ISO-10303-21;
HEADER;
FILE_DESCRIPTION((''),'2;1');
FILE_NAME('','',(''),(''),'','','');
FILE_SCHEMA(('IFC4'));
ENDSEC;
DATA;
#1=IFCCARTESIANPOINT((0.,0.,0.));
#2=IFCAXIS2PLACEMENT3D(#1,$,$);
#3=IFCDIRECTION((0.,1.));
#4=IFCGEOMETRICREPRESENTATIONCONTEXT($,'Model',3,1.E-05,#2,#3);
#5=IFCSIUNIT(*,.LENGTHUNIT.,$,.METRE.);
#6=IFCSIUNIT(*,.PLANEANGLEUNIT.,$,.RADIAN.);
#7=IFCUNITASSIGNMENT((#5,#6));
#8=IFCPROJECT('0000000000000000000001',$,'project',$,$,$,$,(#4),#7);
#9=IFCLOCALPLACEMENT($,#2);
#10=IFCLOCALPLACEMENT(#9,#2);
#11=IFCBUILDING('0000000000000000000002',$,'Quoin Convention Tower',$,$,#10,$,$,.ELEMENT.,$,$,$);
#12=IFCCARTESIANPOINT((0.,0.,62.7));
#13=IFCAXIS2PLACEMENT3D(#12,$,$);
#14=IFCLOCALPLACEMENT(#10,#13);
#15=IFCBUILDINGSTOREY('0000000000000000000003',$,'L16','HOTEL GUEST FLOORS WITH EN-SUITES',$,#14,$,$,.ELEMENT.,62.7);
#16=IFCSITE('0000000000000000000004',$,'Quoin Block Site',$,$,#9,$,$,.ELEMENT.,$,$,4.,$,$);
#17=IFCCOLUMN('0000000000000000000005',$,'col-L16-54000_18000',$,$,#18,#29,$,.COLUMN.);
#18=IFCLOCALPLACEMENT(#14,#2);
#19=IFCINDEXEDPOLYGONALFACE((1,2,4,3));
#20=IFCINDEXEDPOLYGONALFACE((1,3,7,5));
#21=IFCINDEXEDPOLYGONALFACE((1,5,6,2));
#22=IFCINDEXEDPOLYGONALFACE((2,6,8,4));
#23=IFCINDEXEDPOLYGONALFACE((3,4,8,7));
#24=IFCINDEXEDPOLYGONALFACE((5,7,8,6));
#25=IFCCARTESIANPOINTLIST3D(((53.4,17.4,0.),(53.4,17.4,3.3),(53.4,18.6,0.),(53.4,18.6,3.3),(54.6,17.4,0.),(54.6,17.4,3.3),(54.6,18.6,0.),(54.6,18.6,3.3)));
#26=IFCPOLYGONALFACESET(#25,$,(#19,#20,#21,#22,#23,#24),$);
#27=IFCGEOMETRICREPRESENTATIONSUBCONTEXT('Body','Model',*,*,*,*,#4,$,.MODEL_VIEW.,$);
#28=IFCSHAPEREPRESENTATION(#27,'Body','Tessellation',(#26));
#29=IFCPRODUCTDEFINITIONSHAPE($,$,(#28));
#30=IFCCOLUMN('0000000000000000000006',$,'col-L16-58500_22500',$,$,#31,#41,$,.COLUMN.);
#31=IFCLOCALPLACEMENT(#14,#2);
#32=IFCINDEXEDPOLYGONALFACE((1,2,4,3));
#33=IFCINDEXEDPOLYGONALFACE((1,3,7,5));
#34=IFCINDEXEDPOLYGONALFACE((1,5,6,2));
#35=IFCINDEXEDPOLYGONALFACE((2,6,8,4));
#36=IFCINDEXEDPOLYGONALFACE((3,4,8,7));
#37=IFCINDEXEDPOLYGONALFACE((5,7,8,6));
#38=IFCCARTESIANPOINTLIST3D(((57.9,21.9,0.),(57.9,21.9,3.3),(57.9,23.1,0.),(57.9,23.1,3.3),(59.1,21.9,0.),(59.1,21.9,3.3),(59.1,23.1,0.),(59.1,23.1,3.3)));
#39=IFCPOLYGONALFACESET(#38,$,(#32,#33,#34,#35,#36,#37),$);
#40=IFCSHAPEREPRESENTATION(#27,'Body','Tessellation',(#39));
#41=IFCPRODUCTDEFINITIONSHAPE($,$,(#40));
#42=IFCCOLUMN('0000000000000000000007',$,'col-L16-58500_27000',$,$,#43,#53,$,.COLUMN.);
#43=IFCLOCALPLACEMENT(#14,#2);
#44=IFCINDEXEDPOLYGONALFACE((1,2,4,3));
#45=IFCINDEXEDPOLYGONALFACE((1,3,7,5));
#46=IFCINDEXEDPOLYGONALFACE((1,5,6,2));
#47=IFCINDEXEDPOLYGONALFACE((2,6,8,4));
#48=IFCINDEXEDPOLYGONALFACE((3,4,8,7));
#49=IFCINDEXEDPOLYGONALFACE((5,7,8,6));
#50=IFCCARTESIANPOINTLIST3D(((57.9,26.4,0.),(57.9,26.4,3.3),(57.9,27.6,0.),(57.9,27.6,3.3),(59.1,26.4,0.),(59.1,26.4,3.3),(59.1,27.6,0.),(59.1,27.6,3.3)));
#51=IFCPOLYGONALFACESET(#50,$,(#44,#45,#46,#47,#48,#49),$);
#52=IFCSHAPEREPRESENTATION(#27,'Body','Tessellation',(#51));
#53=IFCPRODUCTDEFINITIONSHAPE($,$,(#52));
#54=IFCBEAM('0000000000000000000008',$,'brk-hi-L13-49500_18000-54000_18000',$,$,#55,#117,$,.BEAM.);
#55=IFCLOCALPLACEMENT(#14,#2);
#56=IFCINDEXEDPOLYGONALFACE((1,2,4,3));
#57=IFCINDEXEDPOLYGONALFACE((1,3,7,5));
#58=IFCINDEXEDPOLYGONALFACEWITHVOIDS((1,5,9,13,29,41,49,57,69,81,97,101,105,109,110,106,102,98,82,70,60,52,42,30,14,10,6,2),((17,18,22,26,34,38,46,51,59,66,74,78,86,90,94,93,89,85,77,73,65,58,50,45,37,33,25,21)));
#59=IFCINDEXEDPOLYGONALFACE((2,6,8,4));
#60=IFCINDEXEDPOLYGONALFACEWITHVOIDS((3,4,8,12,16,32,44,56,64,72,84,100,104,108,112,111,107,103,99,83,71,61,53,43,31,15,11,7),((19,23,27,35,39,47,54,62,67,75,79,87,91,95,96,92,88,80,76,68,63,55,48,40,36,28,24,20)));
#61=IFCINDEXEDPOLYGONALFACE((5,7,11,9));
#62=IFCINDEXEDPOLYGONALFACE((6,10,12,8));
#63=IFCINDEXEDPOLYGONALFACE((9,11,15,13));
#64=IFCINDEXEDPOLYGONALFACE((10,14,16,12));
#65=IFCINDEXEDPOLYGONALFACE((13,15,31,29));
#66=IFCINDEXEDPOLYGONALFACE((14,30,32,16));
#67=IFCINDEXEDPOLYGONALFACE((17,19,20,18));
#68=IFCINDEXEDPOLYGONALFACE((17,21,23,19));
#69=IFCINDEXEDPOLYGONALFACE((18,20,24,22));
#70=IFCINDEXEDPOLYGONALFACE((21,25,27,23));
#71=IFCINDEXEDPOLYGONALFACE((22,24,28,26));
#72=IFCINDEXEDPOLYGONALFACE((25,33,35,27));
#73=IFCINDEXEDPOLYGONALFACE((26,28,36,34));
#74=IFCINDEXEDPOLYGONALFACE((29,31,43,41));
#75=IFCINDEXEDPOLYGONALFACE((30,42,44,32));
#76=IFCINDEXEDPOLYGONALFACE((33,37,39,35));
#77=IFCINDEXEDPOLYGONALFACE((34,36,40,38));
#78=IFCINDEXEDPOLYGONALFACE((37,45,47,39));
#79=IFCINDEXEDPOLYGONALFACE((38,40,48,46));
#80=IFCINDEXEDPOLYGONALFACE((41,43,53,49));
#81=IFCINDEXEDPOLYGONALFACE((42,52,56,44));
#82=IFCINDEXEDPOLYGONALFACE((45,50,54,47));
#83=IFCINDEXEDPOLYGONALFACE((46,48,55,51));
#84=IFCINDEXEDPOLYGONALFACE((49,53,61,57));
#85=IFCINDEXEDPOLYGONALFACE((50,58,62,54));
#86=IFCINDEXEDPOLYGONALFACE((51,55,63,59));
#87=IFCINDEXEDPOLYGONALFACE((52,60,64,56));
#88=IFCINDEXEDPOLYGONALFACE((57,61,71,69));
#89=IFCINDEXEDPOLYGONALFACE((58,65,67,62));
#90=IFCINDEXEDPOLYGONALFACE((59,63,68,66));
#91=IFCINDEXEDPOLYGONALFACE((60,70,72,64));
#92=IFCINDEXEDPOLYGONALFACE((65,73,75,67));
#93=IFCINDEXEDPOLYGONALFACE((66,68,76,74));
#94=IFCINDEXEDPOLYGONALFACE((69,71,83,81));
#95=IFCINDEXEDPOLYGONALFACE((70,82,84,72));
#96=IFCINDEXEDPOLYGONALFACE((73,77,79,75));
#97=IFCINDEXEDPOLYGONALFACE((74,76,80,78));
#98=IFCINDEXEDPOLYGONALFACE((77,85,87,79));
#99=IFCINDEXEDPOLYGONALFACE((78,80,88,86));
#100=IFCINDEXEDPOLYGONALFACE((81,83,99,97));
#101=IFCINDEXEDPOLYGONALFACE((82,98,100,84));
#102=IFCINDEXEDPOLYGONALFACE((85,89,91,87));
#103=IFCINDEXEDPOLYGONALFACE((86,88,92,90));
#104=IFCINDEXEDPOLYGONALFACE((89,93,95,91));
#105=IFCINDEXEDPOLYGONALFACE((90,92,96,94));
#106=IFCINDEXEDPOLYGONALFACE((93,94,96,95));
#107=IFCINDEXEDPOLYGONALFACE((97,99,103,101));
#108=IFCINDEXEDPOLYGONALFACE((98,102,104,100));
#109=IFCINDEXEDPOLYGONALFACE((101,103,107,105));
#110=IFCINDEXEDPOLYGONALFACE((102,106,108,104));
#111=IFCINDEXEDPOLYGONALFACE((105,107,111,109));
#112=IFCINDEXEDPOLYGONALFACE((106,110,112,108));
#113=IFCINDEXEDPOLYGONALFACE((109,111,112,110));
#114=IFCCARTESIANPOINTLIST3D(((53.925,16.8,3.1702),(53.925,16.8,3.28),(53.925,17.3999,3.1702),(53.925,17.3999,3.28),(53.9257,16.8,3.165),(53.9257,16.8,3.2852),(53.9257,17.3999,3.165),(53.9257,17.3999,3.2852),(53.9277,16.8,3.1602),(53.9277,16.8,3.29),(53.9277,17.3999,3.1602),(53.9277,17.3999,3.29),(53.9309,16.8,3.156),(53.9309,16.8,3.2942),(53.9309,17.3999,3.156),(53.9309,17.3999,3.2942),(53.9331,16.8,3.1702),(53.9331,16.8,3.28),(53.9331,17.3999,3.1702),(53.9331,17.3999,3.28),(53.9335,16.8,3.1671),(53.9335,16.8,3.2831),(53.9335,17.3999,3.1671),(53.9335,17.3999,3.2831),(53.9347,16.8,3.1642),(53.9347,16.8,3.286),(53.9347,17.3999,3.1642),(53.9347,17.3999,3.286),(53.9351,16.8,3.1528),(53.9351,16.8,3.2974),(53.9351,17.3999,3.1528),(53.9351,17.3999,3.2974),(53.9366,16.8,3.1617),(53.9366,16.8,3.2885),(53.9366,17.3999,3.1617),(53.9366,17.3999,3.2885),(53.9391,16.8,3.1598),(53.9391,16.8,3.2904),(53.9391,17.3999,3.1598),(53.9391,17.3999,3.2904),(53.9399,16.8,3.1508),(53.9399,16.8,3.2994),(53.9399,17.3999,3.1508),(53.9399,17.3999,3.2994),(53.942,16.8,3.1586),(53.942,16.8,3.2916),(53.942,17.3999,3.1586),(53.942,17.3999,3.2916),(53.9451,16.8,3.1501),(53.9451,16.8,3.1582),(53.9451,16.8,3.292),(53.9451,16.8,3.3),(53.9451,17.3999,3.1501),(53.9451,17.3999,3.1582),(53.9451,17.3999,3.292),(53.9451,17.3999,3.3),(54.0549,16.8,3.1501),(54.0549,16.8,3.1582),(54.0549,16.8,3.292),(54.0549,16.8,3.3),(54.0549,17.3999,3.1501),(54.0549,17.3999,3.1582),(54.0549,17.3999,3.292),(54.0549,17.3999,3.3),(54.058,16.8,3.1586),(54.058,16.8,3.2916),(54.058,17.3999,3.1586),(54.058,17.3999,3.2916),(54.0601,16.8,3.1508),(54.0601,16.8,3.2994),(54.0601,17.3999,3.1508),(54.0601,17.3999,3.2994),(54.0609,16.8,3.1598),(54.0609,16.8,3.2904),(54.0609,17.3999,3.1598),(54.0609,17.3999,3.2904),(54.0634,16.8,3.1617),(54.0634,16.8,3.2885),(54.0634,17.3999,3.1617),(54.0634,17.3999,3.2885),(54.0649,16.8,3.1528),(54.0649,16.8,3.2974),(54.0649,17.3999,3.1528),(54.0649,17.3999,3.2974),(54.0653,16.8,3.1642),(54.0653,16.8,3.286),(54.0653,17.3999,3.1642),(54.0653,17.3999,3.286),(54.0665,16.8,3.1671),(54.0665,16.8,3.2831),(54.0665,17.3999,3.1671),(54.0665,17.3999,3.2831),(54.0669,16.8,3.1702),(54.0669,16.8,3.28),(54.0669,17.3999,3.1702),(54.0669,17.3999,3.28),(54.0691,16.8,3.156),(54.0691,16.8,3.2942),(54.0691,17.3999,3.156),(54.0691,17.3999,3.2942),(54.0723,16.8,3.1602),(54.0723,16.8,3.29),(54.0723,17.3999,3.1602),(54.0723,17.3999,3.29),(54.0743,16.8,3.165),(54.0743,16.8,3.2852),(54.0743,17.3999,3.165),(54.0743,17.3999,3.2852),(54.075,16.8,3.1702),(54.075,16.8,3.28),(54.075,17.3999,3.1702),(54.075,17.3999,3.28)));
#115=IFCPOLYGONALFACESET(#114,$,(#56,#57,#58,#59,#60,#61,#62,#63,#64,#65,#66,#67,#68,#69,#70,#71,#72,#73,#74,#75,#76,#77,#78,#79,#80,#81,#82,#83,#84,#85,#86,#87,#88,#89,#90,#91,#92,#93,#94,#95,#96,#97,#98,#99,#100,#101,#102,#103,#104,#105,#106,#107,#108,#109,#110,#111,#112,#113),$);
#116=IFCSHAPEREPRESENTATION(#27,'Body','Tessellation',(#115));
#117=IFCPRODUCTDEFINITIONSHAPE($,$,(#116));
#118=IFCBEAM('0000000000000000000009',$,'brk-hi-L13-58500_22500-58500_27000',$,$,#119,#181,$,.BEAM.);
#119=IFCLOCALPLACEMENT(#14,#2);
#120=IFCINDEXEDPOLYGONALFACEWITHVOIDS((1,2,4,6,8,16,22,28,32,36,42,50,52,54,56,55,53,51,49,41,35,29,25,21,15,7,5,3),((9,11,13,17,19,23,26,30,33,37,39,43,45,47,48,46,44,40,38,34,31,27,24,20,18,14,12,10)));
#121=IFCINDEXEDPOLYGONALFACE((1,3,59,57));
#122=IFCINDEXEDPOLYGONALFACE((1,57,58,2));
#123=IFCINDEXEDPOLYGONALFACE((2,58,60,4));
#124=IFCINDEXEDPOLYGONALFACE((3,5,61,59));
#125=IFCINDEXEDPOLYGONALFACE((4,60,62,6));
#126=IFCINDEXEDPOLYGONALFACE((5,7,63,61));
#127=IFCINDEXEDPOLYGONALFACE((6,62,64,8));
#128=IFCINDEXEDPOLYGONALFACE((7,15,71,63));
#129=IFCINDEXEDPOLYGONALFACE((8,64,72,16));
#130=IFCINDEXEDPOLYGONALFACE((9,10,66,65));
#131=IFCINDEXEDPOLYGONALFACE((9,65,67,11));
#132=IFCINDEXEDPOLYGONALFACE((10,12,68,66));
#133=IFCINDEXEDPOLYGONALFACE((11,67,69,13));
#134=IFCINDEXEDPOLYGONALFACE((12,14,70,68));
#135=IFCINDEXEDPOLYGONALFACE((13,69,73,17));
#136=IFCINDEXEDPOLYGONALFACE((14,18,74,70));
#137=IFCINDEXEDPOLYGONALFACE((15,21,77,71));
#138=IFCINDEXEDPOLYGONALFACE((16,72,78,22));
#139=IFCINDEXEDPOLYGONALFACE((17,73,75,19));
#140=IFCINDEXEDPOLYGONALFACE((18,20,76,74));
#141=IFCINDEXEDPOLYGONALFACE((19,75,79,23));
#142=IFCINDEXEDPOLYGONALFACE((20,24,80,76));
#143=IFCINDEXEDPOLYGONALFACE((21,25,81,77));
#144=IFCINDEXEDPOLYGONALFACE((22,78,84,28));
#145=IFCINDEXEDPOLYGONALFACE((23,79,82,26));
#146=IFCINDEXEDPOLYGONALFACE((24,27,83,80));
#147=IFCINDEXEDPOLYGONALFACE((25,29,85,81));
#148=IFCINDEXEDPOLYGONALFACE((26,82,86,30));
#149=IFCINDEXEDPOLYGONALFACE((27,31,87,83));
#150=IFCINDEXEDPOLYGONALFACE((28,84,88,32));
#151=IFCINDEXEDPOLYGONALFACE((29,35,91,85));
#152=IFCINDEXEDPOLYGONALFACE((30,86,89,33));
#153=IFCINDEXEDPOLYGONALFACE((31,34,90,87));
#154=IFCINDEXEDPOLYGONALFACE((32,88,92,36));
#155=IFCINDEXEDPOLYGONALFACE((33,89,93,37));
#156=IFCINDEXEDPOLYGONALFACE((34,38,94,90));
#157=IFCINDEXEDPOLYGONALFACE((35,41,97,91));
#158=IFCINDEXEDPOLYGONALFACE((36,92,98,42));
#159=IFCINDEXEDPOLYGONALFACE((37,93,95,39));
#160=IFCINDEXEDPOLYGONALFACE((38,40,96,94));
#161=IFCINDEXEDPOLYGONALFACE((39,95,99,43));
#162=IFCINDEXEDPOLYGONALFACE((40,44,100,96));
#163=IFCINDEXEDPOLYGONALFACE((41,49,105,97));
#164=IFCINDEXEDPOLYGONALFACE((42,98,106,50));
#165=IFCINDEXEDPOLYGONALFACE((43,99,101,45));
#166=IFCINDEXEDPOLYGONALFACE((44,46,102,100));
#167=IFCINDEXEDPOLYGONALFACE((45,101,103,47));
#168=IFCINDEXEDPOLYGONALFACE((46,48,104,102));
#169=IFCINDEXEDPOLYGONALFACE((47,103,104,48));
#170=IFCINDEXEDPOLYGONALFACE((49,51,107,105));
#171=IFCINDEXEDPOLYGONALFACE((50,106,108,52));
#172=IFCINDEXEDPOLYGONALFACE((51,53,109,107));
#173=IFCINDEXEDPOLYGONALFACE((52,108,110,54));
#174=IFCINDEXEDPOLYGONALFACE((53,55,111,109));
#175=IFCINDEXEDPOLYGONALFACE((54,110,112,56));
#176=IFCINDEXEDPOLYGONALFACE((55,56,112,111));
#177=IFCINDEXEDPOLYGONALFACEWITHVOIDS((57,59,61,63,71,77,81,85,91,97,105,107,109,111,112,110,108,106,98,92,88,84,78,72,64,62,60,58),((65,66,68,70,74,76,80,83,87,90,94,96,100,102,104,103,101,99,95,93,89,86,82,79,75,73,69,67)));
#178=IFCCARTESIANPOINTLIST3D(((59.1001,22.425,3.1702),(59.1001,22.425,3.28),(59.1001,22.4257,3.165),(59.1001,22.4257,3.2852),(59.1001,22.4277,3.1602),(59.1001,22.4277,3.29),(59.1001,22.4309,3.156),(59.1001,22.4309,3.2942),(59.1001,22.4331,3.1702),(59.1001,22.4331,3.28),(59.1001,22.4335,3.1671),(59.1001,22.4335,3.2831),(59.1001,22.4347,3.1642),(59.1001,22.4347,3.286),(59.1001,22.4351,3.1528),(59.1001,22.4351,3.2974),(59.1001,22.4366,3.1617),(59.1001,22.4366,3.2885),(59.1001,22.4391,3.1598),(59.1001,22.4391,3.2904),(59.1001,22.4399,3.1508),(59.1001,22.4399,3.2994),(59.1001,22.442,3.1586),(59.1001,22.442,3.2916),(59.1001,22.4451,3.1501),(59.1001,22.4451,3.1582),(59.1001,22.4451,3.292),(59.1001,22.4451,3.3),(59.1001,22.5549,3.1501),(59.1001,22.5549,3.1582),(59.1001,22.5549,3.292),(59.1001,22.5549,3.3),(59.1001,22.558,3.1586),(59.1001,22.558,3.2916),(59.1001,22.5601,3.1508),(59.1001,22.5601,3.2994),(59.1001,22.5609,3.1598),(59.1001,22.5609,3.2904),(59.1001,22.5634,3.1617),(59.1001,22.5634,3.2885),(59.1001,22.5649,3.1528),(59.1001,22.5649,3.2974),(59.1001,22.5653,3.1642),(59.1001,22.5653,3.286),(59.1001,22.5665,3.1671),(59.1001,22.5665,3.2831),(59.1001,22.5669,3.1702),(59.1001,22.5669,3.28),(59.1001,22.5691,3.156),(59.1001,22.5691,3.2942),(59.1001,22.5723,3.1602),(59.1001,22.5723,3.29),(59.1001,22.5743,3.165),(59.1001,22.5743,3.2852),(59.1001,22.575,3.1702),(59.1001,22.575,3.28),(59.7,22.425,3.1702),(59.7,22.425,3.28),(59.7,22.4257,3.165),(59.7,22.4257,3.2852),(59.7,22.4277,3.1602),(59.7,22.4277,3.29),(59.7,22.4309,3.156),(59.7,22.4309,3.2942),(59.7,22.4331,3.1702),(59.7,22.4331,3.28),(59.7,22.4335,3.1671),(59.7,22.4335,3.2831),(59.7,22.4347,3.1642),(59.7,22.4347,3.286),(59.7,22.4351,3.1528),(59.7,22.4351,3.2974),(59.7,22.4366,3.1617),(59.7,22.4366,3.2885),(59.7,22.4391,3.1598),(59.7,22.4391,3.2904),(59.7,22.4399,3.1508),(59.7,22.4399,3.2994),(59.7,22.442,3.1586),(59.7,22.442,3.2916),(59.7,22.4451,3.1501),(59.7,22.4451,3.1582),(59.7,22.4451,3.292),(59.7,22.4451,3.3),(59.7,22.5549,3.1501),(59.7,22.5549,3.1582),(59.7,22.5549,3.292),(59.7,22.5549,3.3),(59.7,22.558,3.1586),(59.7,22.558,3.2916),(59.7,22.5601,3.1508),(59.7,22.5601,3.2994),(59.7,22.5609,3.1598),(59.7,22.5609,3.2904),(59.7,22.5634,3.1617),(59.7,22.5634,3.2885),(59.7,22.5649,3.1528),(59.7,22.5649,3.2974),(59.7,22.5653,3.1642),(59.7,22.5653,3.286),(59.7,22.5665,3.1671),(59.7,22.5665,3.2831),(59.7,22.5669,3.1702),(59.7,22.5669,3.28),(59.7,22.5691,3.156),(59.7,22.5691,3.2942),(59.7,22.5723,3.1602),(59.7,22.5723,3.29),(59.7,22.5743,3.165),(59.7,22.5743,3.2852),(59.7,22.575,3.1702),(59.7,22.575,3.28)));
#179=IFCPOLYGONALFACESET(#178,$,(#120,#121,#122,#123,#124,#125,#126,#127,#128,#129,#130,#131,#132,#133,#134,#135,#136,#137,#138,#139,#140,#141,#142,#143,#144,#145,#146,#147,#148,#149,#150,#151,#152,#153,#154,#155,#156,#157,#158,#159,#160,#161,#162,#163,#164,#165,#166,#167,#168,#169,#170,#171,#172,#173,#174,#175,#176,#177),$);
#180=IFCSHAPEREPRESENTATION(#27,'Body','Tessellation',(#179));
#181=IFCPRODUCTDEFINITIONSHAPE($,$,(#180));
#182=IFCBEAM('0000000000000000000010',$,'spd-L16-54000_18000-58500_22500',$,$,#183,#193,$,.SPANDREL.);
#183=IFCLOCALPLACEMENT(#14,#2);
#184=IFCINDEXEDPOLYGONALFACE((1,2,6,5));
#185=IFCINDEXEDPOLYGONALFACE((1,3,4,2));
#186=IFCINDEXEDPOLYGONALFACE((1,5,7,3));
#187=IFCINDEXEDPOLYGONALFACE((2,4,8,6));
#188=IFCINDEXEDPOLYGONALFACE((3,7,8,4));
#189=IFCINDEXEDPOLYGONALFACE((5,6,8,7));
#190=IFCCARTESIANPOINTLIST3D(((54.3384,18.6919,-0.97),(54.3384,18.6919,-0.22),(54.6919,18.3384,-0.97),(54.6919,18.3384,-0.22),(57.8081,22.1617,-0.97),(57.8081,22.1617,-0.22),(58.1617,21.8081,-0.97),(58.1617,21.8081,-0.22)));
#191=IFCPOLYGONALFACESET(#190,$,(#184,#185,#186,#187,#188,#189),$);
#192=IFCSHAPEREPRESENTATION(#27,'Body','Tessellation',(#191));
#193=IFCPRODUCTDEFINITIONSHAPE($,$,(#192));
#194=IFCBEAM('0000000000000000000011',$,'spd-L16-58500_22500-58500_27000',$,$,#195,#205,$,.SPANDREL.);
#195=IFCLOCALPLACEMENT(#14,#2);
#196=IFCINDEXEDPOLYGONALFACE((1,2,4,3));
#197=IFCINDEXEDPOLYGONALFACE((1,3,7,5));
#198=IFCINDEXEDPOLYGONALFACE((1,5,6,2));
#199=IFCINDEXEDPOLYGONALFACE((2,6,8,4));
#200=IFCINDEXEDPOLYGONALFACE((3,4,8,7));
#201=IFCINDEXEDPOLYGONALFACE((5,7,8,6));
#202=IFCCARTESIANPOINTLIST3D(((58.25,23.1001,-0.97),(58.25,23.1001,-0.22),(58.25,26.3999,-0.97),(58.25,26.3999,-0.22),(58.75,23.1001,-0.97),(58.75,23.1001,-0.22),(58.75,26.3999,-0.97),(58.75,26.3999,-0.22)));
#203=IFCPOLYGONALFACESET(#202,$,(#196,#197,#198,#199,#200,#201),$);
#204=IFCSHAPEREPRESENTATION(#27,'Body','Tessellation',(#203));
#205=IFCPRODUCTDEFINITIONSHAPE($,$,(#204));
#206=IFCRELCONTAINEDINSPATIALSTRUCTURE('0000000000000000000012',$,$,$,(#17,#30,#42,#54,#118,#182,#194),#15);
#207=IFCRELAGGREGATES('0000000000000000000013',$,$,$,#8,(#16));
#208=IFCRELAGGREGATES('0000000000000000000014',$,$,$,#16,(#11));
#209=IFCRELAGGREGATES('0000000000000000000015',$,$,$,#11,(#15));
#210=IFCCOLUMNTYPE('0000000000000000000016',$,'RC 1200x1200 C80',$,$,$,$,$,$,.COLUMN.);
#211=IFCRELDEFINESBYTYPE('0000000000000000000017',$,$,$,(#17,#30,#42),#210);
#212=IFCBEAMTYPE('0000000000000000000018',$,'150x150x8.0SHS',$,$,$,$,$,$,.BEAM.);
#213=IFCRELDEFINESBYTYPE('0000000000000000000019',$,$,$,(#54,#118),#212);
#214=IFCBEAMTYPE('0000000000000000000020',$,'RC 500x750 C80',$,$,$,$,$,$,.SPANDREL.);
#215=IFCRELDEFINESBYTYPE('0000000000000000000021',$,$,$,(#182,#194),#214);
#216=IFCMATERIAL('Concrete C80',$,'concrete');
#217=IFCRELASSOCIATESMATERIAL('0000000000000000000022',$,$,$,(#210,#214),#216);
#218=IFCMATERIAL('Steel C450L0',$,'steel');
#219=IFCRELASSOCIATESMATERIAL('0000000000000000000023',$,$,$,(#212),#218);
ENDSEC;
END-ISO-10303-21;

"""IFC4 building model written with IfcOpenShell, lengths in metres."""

from ifc_helpers import new_model, si_unit, direction, frame, origin, origin_2d, place, context, subcontext, project, spatial, rectangle, hollow_rectangle, extrude, material, material_profile, profile_set, type_object, element, save


model = new_model("IFC4")

# Units and contexts
model_context = context("Model", 3, precision=1e-05, world=origin(), true_north=direction((0.0, 1.0)))
body_context = subcontext(model_context, "Body", "Model", "MODEL_VIEW")
ifc_project = project(units=[si_unit("LENGTHUNIT", "METRE"), si_unit("PLANEANGLEUNIT", "RADIAN")], contexts=[model_context])

# Site, building, storey
site_placement = place(None, origin())
site = spatial("IfcSite", under=ifc_project, at=site_placement, Name="Quoin Block Site", CompositionType="ELEMENT", RefElevation=4.0)
building_placement = place(site_placement, origin())
building = spatial("IfcBuilding", under=site, at=building_placement, Name="Quoin Convention Tower", CompositionType="ELEMENT")
storey_placement = place(building_placement, frame((0.0, 0.0, 62.7)))
storey = spatial("IfcBuildingStorey", under=building, at=storey_placement, Name="L16", Description="HOTEL GUEST FLOORS WITH EN-SUITES", CompositionType="ELEMENT", Elevation=62.7)

# Columns
ifc_material_1 = material(Name="Concrete C80", Category="concrete")
ifc_material_profile_1 = material_profile(ifc_material_1, rectangle(XDim=1.2, YDim=1.2, at=origin_2d()), Name="RC 1200x1200")
ifc_profile_set_1 = profile_set([ifc_material_profile_1], Name="Concrete C80")
column_type = type_object("IfcColumnType", Name="RC 1200x1200 C80", PredefinedType="COLUMN", material=ifc_profile_set_1)
for number, where, z_axis, x_axis, name in (
    (1, (54.0, 18.0, 0.0), (0.0, 0.0, 1.0), (1.0, 0.0, 0.0), "col-L16-54000_18000"),
    (2, (58.5, 22.5, 0.0), (0.0, 0.0, 1.0), (1.0, 0.0, 0.0), "col-L16-58500_22500"),
    (3, (58.5, 27.0, 0.0), (0.0, 0.0, 1.0), (1.0, 0.0, 0.0), "col-L16-58500_27000"),
):
    element("IfcColumn", number, at=place(storey_placement, frame(where, z_axis=z_axis, x_axis=x_axis)), inside=storey, type_object=column_type, Name=name, PredefinedType="COLUMN", context=body_context, shape_type="SweptSolid", body=[
        extrude(rectangle(XDim=1.2, YDim=1.2, at=origin_2d()), origin(), (0.0, 0.0, 1.0), 3.3),
    ])

# Beams
ifc_material_2 = material(Name="Steel C450L0", Category="steel")
ifc_material_profile_2 = material_profile(ifc_material_2, hollow_rectangle(XDim=0.1499, YDim=0.1499, WallThickness=0.0081, InnerFilletRadius=0.012, OuterFilletRadius=0.02, at=origin_2d()), Name="150x150x8.0SHS")
ifc_profile_set_2 = profile_set([ifc_material_profile_2], Name="Steel C450L0")
beam_type_1 = type_object("IfcBeamType", Name="150x150x8.0SHS", PredefinedType="BEAM", material=ifc_profile_set_2)
for number, where, z_axis, x_axis, name in (
    (4, (54.0, 17.3999, 3.2251), (0.0, -1.0, 0.0), (1.0, 0.0, 0.0), "brk-hi-L13-49500_18000-54000_18000"),
    (5, (59.1001, 22.5, 3.2251), (1.0, 0.0, 0.0), (0.0, 1.0, 0.0), "brk-hi-L13-58500_22500-58500_27000"),
):
    element("IfcBeam", number, at=place(storey_placement, frame(where, z_axis=z_axis, x_axis=x_axis)), inside=storey, type_object=beam_type_1, Name=name, PredefinedType="BEAM", context=body_context, shape_type="SweptSolid", body=[
        extrude(hollow_rectangle(XDim=0.1499, YDim=0.1499, WallThickness=0.0081, InnerFilletRadius=0.012, OuterFilletRadius=0.02, at=origin_2d()), origin(), (0.0, 0.0, 1.0), 0.5999),
    ])
ifc_material_profile_3 = material_profile(ifc_material_1, rectangle(XDim=0.5, YDim=0.75, at=origin_2d()), Name="RC 500x750")
ifc_profile_set_3 = profile_set([ifc_material_profile_3], Name="Concrete C80")
beam_type_2 = type_object("IfcBeamType", Name="RC 500x750 C80", PredefinedType="SPANDREL", material=ifc_profile_set_3)
beam_1_placement = place(storey_placement, frame((54.5151, 18.5151, -0.595), z_axis=(0.707107, 0.707107, 0.0), x_axis=(-0.707107, 0.707107, 0.0)))
element("IfcBeam", 6, at=beam_1_placement, inside=storey, type_object=beam_type_2, Name="spd-L16-54000_18000-58500_22500", PredefinedType="SPANDREL", context=body_context, shape_type="SweptSolid", body=[
    extrude(rectangle(XDim=0.5, YDim=0.75, at=origin_2d()), origin(), (0.0, 0.0, 1.0), 4.907),
])
beam_2_placement = place(storey_placement, frame((58.5, 23.1001, -0.595), z_axis=(0.0, 1.0, 0.0), x_axis=(-1.0, 0.0, 0.0)))
element("IfcBeam", 7, at=beam_2_placement, inside=storey, type_object=beam_type_2, Name="spd-L16-58500_22500-58500_27000", PredefinedType="SPANDREL", context=body_context, shape_type="SweptSolid", body=[
    extrude(rectangle(XDim=0.5, YDim=0.75, at=origin_2d()), origin(), (0.0, 0.0, 1.0), 3.2998),
])

save(model, "model.ifc")
